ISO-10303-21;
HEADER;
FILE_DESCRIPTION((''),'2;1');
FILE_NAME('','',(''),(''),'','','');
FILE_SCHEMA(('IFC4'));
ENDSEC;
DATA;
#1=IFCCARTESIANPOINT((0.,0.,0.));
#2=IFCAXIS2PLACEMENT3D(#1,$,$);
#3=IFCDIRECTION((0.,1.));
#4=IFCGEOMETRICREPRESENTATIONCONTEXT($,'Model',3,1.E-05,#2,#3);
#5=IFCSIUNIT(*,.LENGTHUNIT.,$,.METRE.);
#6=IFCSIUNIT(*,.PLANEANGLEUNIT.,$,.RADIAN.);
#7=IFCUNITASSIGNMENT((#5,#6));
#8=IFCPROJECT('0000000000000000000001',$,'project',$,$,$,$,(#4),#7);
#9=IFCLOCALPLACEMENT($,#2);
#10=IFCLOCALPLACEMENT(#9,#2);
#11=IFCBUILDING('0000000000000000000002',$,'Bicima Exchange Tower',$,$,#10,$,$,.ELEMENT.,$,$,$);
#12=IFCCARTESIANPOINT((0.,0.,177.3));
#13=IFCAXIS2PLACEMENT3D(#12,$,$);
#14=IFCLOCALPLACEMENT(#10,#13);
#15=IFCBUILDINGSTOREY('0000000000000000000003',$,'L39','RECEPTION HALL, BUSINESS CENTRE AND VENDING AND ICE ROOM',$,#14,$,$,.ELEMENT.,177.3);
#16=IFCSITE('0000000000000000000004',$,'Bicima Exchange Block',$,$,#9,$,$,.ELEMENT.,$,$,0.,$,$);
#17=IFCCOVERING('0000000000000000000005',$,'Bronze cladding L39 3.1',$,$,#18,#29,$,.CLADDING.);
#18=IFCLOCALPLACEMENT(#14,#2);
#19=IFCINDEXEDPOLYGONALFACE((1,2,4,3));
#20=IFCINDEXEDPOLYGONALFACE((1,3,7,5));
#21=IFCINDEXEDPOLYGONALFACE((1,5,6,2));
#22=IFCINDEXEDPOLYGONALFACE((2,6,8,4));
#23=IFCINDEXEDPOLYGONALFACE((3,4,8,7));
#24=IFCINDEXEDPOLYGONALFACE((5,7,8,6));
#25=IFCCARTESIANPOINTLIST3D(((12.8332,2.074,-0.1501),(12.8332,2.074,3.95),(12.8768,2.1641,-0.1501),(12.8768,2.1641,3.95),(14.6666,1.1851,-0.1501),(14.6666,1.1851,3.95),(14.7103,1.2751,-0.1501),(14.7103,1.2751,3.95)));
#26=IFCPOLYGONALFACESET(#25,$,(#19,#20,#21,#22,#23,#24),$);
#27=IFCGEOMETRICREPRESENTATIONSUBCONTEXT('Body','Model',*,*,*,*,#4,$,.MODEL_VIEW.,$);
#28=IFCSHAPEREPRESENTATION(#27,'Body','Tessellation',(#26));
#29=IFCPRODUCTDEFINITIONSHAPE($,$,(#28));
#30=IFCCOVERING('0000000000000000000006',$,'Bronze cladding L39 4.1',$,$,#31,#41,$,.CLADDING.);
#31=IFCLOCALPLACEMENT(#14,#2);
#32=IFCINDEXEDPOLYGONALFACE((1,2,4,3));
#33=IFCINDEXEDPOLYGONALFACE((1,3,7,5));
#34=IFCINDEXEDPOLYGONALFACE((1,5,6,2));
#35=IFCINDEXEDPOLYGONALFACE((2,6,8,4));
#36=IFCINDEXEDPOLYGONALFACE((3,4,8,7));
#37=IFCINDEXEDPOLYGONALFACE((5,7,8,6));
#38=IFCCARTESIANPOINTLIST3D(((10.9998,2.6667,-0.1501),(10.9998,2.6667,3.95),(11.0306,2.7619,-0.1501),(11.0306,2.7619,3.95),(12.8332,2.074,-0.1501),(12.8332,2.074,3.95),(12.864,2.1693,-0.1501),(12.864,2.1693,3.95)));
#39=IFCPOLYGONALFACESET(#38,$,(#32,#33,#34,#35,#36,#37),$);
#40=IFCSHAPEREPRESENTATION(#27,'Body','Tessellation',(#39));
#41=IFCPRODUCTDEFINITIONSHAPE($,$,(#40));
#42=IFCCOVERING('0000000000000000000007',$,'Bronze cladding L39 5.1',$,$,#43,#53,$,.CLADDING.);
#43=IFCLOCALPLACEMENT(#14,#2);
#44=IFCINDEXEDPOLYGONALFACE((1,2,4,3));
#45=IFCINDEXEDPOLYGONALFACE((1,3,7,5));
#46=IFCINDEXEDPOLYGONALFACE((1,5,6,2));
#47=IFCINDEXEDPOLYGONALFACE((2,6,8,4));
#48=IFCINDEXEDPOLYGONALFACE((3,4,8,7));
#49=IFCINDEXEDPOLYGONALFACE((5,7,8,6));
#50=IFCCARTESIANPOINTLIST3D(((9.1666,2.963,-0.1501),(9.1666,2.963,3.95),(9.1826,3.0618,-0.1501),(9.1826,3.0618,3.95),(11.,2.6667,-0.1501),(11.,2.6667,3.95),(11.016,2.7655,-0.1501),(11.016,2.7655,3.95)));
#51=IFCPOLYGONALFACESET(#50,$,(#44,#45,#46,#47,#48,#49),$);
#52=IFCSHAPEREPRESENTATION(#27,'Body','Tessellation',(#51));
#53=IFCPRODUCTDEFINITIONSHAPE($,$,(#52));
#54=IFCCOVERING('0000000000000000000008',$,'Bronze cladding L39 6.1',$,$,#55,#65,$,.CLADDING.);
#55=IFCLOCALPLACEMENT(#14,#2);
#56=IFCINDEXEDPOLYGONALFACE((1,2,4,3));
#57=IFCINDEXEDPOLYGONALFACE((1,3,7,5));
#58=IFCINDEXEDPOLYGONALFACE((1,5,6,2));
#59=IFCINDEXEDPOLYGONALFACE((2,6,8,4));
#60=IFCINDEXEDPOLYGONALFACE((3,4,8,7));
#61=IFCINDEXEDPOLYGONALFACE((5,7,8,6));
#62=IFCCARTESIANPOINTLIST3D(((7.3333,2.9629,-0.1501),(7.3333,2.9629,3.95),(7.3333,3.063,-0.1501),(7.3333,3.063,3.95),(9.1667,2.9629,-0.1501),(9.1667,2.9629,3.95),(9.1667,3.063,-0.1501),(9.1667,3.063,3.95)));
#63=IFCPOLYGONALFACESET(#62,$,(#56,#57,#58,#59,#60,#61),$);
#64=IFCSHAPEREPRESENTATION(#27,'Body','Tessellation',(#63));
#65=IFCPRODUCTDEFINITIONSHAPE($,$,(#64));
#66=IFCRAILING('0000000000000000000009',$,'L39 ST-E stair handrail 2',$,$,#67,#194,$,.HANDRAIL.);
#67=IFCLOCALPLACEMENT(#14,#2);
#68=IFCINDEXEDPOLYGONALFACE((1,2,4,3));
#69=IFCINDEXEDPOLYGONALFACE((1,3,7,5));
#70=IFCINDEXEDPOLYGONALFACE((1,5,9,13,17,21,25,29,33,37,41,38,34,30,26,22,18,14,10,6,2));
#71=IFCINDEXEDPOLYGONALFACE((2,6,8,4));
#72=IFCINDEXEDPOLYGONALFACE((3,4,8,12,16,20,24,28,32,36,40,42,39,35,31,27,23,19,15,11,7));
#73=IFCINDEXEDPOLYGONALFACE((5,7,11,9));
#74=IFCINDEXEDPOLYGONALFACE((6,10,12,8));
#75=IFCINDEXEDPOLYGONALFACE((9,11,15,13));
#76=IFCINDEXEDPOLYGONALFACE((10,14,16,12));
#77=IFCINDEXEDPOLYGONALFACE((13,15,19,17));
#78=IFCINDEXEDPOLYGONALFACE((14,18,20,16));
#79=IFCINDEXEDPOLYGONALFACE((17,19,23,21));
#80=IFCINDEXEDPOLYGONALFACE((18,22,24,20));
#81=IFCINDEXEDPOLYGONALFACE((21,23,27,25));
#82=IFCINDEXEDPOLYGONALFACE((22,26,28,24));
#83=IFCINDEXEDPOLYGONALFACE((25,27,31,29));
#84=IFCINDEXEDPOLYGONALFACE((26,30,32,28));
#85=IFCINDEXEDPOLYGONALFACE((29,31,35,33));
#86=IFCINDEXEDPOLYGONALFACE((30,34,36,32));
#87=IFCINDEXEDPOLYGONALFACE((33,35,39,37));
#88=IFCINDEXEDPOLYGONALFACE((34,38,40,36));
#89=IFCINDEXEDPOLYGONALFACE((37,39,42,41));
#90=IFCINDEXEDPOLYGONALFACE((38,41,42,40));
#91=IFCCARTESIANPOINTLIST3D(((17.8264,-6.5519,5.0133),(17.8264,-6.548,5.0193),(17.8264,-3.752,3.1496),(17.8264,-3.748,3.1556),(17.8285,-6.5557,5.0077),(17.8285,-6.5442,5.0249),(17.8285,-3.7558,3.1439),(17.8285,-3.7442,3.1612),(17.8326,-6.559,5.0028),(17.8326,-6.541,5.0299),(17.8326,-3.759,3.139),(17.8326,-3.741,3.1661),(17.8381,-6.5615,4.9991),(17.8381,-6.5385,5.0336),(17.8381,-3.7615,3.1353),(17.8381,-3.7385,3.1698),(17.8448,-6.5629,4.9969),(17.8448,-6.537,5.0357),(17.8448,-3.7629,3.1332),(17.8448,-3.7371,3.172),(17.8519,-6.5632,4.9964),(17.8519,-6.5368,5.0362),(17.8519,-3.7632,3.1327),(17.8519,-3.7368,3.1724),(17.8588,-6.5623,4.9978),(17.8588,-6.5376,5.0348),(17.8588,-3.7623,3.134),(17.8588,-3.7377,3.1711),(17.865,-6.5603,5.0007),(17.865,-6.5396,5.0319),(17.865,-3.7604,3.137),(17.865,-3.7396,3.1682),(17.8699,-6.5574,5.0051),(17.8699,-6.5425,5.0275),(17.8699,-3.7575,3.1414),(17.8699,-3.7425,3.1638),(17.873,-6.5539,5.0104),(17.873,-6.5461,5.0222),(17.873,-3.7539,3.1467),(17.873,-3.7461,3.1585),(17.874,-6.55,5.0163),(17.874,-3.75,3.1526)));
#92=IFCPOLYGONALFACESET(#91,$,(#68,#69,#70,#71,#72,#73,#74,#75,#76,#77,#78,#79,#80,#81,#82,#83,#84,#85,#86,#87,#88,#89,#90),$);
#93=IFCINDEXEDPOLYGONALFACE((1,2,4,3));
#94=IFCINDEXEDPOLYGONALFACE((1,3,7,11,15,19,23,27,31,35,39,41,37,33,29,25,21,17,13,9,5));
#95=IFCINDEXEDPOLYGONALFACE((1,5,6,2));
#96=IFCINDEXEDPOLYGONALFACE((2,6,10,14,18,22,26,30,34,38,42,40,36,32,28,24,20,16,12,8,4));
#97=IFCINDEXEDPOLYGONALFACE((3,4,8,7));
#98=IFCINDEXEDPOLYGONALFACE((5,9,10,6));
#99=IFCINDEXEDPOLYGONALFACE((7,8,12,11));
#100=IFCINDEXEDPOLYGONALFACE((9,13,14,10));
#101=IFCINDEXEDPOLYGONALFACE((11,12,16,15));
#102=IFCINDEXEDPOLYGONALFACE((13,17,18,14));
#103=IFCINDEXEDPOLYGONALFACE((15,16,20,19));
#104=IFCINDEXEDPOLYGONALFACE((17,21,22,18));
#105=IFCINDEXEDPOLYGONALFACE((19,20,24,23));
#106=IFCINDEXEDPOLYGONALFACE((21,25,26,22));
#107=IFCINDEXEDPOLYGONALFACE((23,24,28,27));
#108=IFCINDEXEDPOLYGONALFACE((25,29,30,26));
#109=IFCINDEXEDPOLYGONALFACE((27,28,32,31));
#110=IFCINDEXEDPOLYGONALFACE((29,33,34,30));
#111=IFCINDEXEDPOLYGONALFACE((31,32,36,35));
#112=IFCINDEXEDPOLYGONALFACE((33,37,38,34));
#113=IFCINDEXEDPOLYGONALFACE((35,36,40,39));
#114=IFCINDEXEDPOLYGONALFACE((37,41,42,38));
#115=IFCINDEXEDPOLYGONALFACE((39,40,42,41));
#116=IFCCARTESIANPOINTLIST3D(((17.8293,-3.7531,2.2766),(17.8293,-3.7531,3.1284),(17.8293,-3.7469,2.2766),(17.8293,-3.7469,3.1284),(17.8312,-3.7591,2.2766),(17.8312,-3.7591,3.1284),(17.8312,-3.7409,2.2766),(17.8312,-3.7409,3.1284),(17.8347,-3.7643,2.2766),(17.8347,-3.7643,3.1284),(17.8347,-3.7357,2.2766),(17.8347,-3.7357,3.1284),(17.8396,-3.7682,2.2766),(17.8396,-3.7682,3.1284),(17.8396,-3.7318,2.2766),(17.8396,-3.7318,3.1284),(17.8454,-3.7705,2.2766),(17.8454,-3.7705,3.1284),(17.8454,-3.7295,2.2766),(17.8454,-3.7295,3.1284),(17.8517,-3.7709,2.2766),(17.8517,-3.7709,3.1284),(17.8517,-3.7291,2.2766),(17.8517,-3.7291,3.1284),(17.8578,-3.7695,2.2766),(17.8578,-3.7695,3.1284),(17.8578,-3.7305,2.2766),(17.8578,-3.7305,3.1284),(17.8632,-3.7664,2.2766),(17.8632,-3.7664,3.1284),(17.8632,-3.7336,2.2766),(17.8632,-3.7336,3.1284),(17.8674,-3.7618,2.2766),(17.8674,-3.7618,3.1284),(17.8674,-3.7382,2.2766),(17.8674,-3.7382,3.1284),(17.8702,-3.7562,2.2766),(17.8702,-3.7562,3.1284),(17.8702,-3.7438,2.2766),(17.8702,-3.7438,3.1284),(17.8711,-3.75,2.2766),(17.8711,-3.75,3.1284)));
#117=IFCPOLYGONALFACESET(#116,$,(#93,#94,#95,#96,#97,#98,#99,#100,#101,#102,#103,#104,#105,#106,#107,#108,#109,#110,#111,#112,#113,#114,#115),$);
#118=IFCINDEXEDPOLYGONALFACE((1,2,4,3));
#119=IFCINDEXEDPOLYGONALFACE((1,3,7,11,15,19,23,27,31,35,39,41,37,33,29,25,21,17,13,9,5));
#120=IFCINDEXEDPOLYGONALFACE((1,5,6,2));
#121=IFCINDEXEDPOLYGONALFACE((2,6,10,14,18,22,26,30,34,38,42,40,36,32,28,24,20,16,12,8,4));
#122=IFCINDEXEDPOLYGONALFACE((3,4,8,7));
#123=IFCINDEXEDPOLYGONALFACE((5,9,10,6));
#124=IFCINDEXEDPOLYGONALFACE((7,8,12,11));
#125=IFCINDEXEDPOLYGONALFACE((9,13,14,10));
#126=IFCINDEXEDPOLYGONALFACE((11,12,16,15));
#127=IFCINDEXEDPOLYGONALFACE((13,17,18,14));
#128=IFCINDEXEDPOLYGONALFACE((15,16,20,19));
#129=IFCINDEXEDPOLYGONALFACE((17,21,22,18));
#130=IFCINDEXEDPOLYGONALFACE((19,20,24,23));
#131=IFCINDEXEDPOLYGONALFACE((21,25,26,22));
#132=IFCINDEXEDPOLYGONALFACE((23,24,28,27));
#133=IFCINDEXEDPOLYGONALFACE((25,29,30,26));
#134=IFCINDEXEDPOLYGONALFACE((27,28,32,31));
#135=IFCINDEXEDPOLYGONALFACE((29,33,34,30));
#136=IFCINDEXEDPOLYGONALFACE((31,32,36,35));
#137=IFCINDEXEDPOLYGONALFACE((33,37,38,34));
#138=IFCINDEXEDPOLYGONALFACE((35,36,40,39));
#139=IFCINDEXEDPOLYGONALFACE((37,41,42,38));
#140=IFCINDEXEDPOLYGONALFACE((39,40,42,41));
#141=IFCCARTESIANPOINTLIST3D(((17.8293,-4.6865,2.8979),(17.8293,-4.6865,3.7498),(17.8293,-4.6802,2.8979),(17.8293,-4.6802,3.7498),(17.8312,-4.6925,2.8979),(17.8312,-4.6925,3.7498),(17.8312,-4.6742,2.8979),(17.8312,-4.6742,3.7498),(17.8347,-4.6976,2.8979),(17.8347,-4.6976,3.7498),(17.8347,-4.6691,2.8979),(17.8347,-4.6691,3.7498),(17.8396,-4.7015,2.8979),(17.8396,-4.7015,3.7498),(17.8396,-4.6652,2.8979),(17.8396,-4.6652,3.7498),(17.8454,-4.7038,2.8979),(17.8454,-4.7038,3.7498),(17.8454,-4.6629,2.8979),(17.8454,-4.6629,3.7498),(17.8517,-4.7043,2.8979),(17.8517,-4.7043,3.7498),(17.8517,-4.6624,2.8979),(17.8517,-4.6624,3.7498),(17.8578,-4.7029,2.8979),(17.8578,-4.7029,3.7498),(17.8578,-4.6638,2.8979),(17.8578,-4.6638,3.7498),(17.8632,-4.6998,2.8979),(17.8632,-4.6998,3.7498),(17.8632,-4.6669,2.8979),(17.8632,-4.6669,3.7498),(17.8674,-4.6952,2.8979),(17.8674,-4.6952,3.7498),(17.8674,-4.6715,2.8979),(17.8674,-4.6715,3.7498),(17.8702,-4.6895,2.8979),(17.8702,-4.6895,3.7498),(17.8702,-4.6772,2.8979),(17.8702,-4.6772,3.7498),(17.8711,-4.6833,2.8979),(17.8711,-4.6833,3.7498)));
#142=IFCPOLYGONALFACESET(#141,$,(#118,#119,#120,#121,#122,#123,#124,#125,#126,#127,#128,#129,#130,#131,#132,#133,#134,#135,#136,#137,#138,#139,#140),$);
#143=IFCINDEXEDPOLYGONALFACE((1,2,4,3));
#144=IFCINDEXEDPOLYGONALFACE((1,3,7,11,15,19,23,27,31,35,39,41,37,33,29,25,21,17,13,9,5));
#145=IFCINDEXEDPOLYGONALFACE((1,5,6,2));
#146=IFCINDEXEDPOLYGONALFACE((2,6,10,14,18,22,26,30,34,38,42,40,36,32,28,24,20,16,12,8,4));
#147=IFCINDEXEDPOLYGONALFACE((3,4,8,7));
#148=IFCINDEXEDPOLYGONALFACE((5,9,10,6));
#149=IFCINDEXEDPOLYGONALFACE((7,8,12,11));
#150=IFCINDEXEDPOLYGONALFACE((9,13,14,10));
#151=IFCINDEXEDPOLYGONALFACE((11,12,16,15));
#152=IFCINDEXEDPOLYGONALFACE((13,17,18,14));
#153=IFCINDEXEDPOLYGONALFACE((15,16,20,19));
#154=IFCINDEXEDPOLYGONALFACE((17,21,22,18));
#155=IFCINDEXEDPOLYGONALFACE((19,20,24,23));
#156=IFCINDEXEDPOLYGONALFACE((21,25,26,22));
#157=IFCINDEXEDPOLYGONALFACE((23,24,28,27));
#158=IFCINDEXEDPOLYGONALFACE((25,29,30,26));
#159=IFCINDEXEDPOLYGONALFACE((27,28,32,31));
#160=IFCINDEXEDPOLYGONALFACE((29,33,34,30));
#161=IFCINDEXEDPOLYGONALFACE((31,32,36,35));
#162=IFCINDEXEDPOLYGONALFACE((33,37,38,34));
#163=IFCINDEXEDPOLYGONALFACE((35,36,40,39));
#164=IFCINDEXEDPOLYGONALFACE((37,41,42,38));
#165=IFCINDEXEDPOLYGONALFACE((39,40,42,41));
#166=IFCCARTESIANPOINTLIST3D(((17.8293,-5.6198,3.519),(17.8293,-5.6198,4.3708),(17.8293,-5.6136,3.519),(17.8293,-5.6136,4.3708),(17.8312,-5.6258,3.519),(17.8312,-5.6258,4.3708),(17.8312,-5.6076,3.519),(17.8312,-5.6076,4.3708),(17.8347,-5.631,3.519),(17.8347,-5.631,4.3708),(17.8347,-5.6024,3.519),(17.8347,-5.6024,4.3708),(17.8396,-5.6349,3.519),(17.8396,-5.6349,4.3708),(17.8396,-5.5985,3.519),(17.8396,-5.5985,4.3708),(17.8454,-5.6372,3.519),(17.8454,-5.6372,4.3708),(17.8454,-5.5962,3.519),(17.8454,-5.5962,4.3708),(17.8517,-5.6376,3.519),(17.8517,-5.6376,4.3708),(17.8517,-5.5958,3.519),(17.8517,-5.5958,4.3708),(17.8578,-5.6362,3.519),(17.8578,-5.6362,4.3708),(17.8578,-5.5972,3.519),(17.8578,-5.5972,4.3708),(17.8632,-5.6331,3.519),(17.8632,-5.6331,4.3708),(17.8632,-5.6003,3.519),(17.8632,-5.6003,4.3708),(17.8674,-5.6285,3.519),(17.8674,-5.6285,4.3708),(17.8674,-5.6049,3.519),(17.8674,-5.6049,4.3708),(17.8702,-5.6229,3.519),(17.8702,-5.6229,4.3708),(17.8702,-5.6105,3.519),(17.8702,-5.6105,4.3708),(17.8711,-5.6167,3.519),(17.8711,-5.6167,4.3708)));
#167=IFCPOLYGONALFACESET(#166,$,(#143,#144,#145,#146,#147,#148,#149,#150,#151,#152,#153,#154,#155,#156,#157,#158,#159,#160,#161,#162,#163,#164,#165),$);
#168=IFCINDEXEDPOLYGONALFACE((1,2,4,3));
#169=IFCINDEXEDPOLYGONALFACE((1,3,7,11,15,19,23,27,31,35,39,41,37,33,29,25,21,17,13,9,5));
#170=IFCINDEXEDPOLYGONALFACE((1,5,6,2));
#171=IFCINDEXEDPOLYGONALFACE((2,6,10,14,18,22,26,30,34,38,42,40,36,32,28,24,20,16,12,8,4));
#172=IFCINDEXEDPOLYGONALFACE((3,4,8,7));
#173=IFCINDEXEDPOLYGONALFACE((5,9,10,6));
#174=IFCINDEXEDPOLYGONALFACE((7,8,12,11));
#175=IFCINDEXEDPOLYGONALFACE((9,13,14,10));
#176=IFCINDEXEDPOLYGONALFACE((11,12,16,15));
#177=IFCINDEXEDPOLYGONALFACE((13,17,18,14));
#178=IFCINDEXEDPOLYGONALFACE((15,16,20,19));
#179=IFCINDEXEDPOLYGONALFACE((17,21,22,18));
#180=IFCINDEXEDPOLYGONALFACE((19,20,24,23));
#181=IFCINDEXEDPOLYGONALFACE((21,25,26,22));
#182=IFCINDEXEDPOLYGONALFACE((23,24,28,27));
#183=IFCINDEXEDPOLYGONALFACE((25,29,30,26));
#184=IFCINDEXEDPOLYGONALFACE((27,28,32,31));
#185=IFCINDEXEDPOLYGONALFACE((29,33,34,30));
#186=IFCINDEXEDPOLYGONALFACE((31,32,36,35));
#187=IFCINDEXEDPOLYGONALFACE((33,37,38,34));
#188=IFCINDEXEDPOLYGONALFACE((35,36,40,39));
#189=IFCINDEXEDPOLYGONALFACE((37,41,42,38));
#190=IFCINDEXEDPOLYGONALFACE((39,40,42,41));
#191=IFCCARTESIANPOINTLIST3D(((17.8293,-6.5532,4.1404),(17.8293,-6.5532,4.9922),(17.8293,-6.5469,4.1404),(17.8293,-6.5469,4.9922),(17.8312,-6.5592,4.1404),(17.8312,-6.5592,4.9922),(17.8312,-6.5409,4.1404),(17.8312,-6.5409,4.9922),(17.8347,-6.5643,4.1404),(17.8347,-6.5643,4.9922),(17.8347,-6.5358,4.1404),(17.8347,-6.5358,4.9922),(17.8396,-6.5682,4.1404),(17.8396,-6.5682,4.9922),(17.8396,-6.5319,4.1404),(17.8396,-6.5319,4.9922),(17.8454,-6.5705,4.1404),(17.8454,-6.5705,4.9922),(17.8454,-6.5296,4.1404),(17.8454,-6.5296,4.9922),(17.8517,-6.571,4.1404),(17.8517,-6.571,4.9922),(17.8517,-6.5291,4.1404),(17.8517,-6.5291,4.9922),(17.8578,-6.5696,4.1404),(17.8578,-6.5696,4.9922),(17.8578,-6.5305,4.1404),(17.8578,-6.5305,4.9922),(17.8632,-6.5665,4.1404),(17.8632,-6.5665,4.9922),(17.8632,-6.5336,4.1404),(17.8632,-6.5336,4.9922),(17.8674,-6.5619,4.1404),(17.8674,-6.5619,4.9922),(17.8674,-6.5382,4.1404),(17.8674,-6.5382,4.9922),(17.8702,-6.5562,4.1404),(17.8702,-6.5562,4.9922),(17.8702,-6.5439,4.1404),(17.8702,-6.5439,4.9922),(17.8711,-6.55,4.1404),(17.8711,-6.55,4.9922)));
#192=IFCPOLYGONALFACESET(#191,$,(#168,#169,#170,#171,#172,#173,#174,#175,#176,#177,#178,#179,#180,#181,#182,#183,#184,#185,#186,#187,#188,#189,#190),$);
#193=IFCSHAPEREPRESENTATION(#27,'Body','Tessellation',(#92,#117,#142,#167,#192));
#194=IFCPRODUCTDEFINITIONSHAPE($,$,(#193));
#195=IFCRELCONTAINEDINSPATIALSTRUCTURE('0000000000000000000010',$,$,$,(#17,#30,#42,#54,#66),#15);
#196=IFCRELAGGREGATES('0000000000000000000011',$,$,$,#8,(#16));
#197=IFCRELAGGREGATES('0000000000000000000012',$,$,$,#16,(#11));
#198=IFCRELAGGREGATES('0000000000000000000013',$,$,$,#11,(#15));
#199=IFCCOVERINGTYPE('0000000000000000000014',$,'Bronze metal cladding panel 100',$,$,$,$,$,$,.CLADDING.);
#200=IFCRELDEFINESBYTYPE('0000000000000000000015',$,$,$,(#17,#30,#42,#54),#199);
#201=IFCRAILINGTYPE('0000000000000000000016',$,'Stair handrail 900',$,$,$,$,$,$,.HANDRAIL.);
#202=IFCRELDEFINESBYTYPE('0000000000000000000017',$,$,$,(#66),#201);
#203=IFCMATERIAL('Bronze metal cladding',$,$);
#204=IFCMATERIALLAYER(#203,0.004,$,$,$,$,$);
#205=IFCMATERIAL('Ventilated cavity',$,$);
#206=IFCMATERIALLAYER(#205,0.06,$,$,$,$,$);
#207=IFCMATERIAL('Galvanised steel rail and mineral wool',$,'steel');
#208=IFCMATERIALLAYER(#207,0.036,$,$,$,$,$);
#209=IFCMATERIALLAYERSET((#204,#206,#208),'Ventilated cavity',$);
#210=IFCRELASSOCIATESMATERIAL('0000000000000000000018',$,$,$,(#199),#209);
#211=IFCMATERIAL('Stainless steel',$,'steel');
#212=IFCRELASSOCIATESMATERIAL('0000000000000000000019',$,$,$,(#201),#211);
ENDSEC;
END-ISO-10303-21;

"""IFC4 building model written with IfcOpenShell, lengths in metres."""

from ifc_helpers import new_model, si_unit, direction, frame, origin, origin_2d, place, context, subcontext, project, spatial, rectangle, circle, extrude, material, layer, layer_set, type_object, element, save


model = new_model("IFC4")

# Units and contexts
model_context = context("Model", 3, precision=1e-05, world=origin(), true_north=direction((0.0, 1.0)))
body_context = subcontext(model_context, "Body", "Model", "MODEL_VIEW")
ifc_project = project(units=[si_unit("LENGTHUNIT", "METRE"), si_unit("PLANEANGLEUNIT", "RADIAN")], contexts=[model_context])

# Site, building, storey
site_placement = place(None, origin())
site = spatial("IfcSite", under=ifc_project, at=site_placement, Name="Bicima Exchange Block", CompositionType="ELEMENT", RefElevation=0.0)
building_placement = place(site_placement, origin())
building = spatial("IfcBuilding", under=site, at=building_placement, Name="Bicima Exchange Tower", CompositionType="ELEMENT")
storey_placement = place(building_placement, frame((0.0, 0.0, 177.3)))
storey = spatial("IfcBuildingStorey", under=building, at=storey_placement, Name="L39", Description="RECEPTION HALL, BUSINESS CENTRE AND VENDING AND ICE ROOM", CompositionType="ELEMENT", Elevation=177.3)

# Shared definitions
ifc_material_1 = material(Name="Stainless steel", Category="steel")

# Coverings
ifc_material_2 = material(Name="Bronze metal cladding")
ifc_layer_1 = layer(ifc_material_2, 0.004)
ifc_material_3 = material(Name="Ventilated cavity")
ifc_layer_2 = layer(ifc_material_3, 0.06)
ifc_material_4 = material(Name="Galvanised steel rail and mineral wool", Category="steel")
ifc_layer_3 = layer(ifc_material_4, 0.036)
ifc_layer_set_1 = layer_set([ifc_layer_1, ifc_layer_2, ifc_layer_3], Name="Ventilated cavity")
covering_type = type_object("IfcCoveringType", Name="Bronze metal cladding panel 100", PredefinedType="CLADDING", material=ifc_layer_set_1)
covering_1_placement = place(storey_placement, frame((13.7717, 1.6746, -0.1501), z_axis=(0.0, 0.0, 1.0), x_axis=(-0.899818, 0.436265, 0.0)))
element("IfcCovering", 1, at=covering_1_placement, inside=storey, type_object=covering_type, Name="Bronze cladding L39 3.1", PredefinedType="CLADDING", context=body_context, shape_type="SweptSolid", body=[
    extrude(rectangle(XDim=2.0376, YDim=0.1001, at=origin_2d()), origin(), (0.0, 0.0, 1.0), 4.1001),
])
covering_2_placement = place(storey_placement, frame((11.9319, 2.418, -0.1501), z_axis=(0.0, 0.0, 1.0), x_axis=(-0.951525, 0.307573, 0.0)))
element("IfcCovering", 2, at=covering_2_placement, inside=storey, type_object=covering_type, Name="Bronze cladding L39 4.1", PredefinedType="CLADDING", context=body_context, shape_type="SweptSolid", body=[
    extrude(rectangle(XDim=1.9268, YDim=0.1001, at=origin_2d()), origin(), (0.0, 0.0, 1.0), 4.1001),
])
covering_3_placement = place(storey_placement, frame((10.0913, 2.8643, -0.1501), z_axis=(0.0, 0.0, 1.0), x_axis=(-0.98719, 0.15955, 0.0)))
element("IfcCovering", 3, at=covering_3_placement, inside=storey, type_object=covering_type, Name="Bronze cladding L39 5.1", PredefinedType="CLADDING", context=body_context, shape_type="SweptSolid", body=[
    extrude(rectangle(XDim=1.8572, YDim=0.1001, at=origin_2d()), origin(), (0.0, 0.0, 1.0), 4.1001),
])
covering_4_placement = place(storey_placement, frame((8.25, 3.0129, -0.1501), z_axis=(0.0, 0.0, 1.0), x_axis=(-1.0, 0.0, 0.0)))
element("IfcCovering", 4, at=covering_4_placement, inside=storey, type_object=covering_type, Name="Bronze cladding L39 6.1", PredefinedType="CLADDING", context=body_context, shape_type="SweptSolid", body=[
    extrude(rectangle(XDim=1.8335, YDim=0.1001, at=origin_2d()), origin(), (0.0, 0.0, 1.0), 4.1001),
])

# Railing
railing_type = type_object("IfcRailingType", Name="Stair handrail 900", PredefinedType="HANDRAIL", material=ifc_material_1)
railing_placement = place(storey_placement, frame((17.8501, -3.75, 2.2766)))
element("IfcRailing", 5, at=railing_placement, inside=storey, type_object=railing_type, Name="L39 ST-E stair handrail 2", PredefinedType="HANDRAIL", context=body_context, shape_type="SweptSolid", body=[
    extrude(circle(Radius=0.0239, at=origin_2d()), frame((0.0, 0.0, 0.876), z_axis=(0.0, -0.832452, 0.554097), x_axis=(1.0, 0.0, 0.0)), (0.0, 0.0, 1.0), 3.3635),
    extrude(circle(Radius=0.021, at=origin_2d()), origin(), (0.0, 0.0, 1.0), 0.8518),
    extrude(circle(Radius=0.021, at=origin_2d()), frame((0.0, -0.9333, 0.6213)), (0.0, 0.0, 1.0), 0.8518),
    extrude(circle(Radius=0.021, at=origin_2d()), frame((0.0, -1.8667, 1.2424)), (0.0, 0.0, 1.0), 0.8518),
    extrude(circle(Radius=0.021, at=origin_2d()), frame((0.0, -2.8, 1.8638)), (0.0, 0.0, 1.0), 0.8518),
])

save(model, "model.ifc")
